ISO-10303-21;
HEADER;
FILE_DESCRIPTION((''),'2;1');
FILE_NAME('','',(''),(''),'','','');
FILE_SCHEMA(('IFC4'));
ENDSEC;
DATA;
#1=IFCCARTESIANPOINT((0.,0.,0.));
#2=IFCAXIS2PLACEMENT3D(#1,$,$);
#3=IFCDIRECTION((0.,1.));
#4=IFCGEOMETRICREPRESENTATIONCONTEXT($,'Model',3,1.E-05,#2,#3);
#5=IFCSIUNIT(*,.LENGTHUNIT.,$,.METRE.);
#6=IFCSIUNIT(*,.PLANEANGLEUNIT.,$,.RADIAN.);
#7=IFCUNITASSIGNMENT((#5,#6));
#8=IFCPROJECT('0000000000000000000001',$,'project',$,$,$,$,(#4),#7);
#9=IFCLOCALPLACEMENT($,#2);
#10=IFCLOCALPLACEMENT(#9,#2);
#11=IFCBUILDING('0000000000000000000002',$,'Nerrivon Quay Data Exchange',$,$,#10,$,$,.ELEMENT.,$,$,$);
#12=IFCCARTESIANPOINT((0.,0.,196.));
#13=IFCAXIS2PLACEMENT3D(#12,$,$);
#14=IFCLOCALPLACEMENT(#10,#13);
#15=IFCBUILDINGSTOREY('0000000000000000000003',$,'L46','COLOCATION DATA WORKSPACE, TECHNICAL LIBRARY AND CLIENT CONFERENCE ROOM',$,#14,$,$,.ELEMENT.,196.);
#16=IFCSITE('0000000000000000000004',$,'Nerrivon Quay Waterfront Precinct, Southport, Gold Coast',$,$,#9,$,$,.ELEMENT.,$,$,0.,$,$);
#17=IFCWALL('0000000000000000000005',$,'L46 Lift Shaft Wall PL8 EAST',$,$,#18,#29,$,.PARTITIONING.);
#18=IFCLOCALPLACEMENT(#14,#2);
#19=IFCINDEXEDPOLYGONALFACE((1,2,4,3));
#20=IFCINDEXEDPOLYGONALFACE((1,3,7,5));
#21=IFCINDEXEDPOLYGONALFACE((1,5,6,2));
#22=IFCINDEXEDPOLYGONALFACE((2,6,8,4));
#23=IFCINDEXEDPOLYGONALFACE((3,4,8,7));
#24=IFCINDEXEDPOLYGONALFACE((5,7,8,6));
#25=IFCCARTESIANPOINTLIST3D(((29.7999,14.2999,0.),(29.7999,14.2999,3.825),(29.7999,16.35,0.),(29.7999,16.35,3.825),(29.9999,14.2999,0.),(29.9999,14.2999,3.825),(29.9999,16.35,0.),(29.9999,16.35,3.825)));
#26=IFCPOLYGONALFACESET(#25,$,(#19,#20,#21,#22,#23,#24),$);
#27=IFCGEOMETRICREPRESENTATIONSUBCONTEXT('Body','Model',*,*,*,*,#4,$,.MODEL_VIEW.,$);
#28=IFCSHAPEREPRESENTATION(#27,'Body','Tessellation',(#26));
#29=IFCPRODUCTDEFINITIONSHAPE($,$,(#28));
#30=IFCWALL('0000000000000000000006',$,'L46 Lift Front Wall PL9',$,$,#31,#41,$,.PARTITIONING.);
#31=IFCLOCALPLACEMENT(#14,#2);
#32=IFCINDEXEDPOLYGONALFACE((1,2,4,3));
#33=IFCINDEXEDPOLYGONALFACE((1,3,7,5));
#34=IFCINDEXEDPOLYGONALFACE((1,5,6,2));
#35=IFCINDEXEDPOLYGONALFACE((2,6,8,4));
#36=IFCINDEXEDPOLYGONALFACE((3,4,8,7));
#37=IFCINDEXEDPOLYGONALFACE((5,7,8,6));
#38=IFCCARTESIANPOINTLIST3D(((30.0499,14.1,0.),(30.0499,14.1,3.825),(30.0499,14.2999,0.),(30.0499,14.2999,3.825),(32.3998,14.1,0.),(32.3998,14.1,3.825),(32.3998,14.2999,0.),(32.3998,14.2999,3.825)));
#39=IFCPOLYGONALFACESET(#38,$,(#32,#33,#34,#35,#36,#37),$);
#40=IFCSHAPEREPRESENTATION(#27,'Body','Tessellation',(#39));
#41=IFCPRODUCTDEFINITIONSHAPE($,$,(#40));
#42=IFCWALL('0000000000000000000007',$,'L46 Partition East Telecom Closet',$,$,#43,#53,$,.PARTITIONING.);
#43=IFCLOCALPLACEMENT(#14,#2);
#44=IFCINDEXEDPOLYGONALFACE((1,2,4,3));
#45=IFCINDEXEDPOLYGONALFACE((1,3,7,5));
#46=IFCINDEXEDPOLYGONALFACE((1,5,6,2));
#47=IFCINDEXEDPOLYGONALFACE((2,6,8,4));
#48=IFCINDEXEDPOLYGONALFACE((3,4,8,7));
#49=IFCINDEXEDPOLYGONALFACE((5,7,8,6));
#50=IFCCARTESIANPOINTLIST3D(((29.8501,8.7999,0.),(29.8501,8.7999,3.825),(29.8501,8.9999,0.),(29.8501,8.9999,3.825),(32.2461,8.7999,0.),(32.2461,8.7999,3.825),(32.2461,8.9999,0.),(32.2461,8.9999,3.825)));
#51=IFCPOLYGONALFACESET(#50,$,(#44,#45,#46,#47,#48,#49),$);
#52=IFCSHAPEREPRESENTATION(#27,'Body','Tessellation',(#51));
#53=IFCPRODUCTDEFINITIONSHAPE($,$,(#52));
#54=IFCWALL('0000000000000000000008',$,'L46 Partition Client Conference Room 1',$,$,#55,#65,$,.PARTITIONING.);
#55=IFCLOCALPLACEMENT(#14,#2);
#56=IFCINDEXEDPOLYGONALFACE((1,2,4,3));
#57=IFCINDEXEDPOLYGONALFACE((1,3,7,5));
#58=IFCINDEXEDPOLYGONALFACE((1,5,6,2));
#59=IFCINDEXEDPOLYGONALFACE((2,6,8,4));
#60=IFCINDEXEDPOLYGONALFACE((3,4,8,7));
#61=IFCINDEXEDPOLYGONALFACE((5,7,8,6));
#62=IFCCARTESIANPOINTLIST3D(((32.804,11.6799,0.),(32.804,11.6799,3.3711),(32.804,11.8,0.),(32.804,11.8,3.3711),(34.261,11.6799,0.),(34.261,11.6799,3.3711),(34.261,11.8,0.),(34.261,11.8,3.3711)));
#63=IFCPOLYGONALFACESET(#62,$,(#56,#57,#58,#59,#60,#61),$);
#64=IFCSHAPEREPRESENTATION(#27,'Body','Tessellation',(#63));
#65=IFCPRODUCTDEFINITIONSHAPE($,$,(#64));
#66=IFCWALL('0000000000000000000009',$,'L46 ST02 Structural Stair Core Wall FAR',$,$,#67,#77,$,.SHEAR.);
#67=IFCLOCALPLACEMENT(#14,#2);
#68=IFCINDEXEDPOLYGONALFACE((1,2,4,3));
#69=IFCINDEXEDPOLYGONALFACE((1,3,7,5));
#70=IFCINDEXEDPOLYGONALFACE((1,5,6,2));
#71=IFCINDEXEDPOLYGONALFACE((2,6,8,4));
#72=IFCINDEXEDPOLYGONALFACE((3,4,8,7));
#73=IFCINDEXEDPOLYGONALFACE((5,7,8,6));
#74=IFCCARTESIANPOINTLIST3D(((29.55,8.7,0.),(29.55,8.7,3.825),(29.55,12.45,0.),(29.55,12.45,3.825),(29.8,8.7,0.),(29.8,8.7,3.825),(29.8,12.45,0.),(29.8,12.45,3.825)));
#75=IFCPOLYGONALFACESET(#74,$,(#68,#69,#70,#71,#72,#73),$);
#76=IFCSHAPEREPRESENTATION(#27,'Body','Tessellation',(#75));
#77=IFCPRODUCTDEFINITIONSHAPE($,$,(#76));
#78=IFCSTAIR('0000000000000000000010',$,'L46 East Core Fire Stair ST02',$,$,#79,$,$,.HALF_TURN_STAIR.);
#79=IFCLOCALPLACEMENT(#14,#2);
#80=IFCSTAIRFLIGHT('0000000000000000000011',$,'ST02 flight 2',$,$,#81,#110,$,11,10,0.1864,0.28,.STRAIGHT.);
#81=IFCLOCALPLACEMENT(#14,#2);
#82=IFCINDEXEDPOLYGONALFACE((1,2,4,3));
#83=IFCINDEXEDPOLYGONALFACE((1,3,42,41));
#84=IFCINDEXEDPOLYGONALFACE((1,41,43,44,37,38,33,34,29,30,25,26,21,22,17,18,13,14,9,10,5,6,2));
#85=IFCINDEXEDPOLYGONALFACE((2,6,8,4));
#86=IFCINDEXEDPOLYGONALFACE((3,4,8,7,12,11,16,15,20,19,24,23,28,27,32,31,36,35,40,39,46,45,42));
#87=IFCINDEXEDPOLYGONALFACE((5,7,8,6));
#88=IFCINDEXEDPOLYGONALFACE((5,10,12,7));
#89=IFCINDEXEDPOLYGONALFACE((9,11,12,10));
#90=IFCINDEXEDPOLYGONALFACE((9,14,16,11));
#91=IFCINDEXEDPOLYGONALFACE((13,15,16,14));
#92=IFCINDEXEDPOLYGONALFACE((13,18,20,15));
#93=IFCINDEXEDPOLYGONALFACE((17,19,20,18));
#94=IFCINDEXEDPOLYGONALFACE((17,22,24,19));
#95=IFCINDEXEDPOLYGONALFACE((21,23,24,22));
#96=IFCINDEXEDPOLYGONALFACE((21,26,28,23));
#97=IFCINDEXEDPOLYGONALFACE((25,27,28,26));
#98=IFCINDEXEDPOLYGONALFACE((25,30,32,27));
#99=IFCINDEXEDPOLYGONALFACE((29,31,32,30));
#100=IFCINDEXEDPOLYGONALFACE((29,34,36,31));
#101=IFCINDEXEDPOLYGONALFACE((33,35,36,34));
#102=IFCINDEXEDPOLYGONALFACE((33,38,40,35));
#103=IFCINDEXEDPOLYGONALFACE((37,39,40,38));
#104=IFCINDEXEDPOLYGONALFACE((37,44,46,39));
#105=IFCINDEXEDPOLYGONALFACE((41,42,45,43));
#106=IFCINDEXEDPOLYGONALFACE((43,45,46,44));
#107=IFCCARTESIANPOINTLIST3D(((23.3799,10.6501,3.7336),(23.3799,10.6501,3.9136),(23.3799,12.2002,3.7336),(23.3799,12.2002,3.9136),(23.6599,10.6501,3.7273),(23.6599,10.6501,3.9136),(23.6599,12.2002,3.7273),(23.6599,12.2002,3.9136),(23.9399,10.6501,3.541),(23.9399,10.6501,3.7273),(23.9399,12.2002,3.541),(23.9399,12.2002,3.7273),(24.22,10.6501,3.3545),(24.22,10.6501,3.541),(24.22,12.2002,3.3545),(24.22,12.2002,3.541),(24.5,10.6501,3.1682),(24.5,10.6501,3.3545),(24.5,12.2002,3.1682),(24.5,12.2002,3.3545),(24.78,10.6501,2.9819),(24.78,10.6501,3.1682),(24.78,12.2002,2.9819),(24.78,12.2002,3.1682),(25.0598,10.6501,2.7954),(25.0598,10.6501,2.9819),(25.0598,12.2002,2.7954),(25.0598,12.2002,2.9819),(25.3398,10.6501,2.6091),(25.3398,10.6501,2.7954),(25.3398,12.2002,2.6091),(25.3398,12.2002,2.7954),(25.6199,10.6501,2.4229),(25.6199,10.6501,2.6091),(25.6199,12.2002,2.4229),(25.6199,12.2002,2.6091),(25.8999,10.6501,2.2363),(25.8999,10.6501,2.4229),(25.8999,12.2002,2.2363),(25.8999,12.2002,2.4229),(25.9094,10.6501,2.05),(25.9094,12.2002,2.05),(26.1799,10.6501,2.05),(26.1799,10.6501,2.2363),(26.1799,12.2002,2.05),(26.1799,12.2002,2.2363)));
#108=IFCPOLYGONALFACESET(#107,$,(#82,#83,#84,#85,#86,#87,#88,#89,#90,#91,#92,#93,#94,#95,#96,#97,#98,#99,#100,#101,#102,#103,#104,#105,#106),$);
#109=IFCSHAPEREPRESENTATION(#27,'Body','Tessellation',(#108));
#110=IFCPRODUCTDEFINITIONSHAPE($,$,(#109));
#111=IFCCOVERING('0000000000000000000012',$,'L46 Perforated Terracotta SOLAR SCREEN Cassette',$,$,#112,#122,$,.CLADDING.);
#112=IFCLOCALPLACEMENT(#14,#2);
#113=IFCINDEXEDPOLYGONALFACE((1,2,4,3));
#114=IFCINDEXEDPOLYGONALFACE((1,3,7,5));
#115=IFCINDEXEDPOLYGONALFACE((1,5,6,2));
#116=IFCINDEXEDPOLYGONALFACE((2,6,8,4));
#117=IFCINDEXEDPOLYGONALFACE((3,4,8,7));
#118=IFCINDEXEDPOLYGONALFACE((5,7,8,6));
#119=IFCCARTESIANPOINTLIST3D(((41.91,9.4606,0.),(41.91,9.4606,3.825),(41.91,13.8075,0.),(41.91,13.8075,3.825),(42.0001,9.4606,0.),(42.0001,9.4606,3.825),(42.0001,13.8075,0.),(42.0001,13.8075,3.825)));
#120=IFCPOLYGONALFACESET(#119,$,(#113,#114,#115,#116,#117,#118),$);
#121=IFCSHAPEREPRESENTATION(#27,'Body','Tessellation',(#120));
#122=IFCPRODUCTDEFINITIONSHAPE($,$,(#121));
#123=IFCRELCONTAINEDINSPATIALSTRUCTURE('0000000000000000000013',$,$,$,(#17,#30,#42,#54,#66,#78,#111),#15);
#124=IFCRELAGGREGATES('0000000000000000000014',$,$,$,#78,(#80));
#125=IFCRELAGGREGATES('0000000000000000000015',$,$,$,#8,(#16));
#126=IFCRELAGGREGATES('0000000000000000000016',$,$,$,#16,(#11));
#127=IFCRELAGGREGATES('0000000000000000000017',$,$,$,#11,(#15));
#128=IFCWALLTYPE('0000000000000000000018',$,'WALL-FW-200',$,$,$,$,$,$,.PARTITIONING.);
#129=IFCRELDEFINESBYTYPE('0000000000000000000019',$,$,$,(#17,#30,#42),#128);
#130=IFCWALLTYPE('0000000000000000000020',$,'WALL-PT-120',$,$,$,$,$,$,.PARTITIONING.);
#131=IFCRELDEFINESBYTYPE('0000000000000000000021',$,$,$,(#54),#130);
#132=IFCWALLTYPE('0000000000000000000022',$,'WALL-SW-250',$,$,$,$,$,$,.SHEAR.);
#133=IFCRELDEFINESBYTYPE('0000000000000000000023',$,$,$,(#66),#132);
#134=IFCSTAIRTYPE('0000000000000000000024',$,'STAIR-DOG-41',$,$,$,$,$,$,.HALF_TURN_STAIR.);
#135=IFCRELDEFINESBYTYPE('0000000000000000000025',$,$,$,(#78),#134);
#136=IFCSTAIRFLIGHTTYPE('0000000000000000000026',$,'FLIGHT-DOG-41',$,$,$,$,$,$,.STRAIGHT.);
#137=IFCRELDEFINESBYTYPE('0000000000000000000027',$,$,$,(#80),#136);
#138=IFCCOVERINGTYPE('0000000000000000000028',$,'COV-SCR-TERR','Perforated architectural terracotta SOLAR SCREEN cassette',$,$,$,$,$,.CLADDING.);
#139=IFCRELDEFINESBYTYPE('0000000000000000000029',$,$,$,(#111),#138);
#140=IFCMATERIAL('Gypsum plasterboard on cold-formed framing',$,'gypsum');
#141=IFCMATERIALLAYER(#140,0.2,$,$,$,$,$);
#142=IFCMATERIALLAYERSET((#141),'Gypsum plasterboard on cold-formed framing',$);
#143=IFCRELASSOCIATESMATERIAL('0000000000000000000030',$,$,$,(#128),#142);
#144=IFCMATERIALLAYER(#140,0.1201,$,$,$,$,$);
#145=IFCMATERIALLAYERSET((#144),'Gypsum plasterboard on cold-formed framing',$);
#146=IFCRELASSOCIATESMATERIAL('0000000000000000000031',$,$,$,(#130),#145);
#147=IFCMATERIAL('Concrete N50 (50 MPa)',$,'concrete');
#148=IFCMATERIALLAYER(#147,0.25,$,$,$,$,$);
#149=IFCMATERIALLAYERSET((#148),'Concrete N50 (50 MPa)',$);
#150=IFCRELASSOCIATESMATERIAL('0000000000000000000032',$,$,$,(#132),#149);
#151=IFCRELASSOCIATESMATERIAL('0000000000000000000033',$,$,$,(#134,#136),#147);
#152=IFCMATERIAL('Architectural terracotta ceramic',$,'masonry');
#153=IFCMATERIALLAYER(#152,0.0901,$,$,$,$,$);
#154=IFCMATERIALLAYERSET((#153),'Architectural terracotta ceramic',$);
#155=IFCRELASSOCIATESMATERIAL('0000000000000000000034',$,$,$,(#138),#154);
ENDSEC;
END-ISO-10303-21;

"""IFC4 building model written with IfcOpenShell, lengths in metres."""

from ifc_helpers import new_model, si_unit, direction, frame, frame_2d, origin, origin_2d, place, context, subcontext, project, spatial, polyline, rectangle, outline, extrude, material, layer, layer_set, type_object, element, aggregate, save


model = new_model("IFC4")

# Units and contexts
model_context = context("Model", 3, precision=1e-05, world=origin(), true_north=direction((0.0, 1.0)))
body_context = subcontext(model_context, "Body", "Model", "MODEL_VIEW")
ifc_project = project(units=[si_unit("LENGTHUNIT", "METRE"), si_unit("PLANEANGLEUNIT", "RADIAN")], contexts=[model_context])

# Site, building, storey
site_placement = place(None, origin())
site = spatial("IfcSite", under=ifc_project, at=site_placement, Name="Nerrivon Quay Waterfront Precinct, Southport, Gold Coast", CompositionType="ELEMENT", RefElevation=0.0)
building_placement = place(site_placement, origin())
building = spatial("IfcBuilding", under=site, at=building_placement, Name="Nerrivon Quay Data Exchange", CompositionType="ELEMENT")
storey_placement = place(building_placement, frame((0.0, 0.0, 196.0)))
storey = spatial("IfcBuildingStorey", under=building, at=storey_placement, Name="L46", Description="COLOCATION DATA WORKSPACE, TECHNICAL LIBRARY AND CLIENT CONFERENCE ROOM", CompositionType="ELEMENT", Elevation=196.0)

# Walls
ifc_material_1 = material(Name="Gypsum plasterboard on cold-formed framing", Category="gypsum")
ifc_layer_1 = layer(ifc_material_1, 0.2)
ifc_layer_set_1 = layer_set([ifc_layer_1], Name="Gypsum plasterboard on cold-formed framing")
wall_type_1 = type_object("IfcWallType", Name="WALL-FW-200", PredefinedType="PARTITIONING", material=ifc_layer_set_1)
wall_1_placement = place(storey_placement, frame((29.8999, 14.3, 0.0), z_axis=(0.0, 0.0, 1.0), x_axis=(0.0, 1.0, 0.0)))
element("IfcWall", 1, at=wall_1_placement, inside=storey, type_object=wall_type_1, Name="L46 Lift Shaft Wall PL8 EAST", PredefinedType="PARTITIONING", context=body_context, shape_type="SweptSolid", body=[
    extrude(rectangle(XDim=2.05, YDim=0.2, at=frame_2d((1.0249, 0.0))), origin(), (0.0, 0.0, 1.0), 3.825),
])
wall_2_placement = place(storey_placement, frame((30.05, 14.2, 0.0), z_axis=(0.0, 0.0, 1.0), x_axis=(1.0, 0.0, 0.0)))
element("IfcWall", 2, at=wall_2_placement, inside=storey, type_object=wall_type_1, Name="L46 Lift Front Wall PL9", PredefinedType="PARTITIONING", context=body_context, shape_type="SweptSolid", body=[
    extrude(rectangle(XDim=2.3499, YDim=0.2, at=frame_2d((1.1748, 0.0))), origin(), (0.0, 0.0, 1.0), 3.825),
])

# Walls
wall_3_placement = place(storey_placement, frame((29.8501, 8.8999, 0.0), z_axis=(0.0, 0.0, 1.0), x_axis=(1.0, 0.0, 0.0)))
element("IfcWall", 3, at=wall_3_placement, inside=storey, type_object=wall_type_1, Name="L46 Partition East Telecom Closet", PredefinedType="PARTITIONING", context=body_context, shape_type="SweptSolid", body=[
    extrude(rectangle(XDim=2.396, YDim=0.2, at=frame_2d((1.198, 0.0))), origin(), (0.0, 0.0, 1.0), 3.825),
])
ifc_layer_2 = layer(ifc_material_1, 0.1201)
ifc_layer_set_2 = layer_set([ifc_layer_2], Name="Gypsum plasterboard on cold-formed framing")
wall_type_2 = type_object("IfcWallType", Name="WALL-PT-120", PredefinedType="PARTITIONING", material=ifc_layer_set_2)
wall_4_placement = place(storey_placement, frame((34.261, 11.74, 0.0), z_axis=(0.0, 0.0, 1.0), x_axis=(-1.0, 0.0, 0.0)))
element("IfcWall", 4, at=wall_4_placement, inside=storey, type_object=wall_type_2, Name="L46 Partition Client Conference Room 1", PredefinedType="PARTITIONING", context=body_context, shape_type="SweptSolid", body=[
    extrude(rectangle(XDim=1.457, YDim=0.1201, at=frame_2d((0.7285, 0.0))), origin(), (0.0, 0.0, 1.0), 3.3711),
])
ifc_material_2 = material(Name="Concrete N50 (50 MPa)", Category="concrete")
ifc_layer_3 = layer(ifc_material_2, 0.25)
ifc_layer_set_3 = layer_set([ifc_layer_3], Name="Concrete N50 (50 MPa)")
wall_type_3 = type_object("IfcWallType", Name="WALL-SW-250", PredefinedType="SHEAR", material=ifc_layer_set_3)
wall_5_placement = place(storey_placement, frame((29.675, 8.7, 0.0), z_axis=(0.0, 0.0, 1.0), x_axis=(0.0, 1.0, 0.0)))
element("IfcWall", 5, at=wall_5_placement, inside=storey, type_object=wall_type_3, Name="L46 ST02 Structural Stair Core Wall FAR", PredefinedType="SHEAR", context=body_context, shape_type="SweptSolid", body=[
    extrude(rectangle(XDim=3.75, YDim=0.25, at=frame_2d((1.875, 0.0))), origin(), (0.0, 0.0, 1.0), 3.825),
])

# Stair, stair flight
stair_type = type_object("IfcStairType", Name="STAIR-DOG-41", PredefinedType="HALF_TURN_STAIR", material=ifc_material_2)
stair_placement = place(storey_placement, origin())
stair = element("IfcStair", 6, at=stair_placement, inside=storey, type_object=stair_type, Name="L46 East Core Fire Stair ST02", PredefinedType="HALF_TURN_STAIR")
stair_flight_type = type_object("IfcStairFlightType", Name="FLIGHT-DOG-41", PredefinedType="STRAIGHT", material=ifc_material_2)
stair_flight_placement = place(storey_placement, frame((26.1799, 11.425, 2.05), z_axis=(0.0, 0.0, 1.0), x_axis=(-1.0, 0.0, 0.0)))
stair_flight = element("IfcStairFlight", 7, at=stair_flight_placement, type_object=stair_flight_type, Name="ST02 flight 2", NumberOfRisers=11, NumberOfTreads=10, PredefinedType="STRAIGHT", RiserHeight=0.1864, TreadLength=0.28, context=body_context, shape_type="SweptSolid", body=[
    extrude(outline(polyline([(0.0, 0.0), (0.0, 0.1863), (0.28, 0.1863), (0.28, 0.3728), (0.5601, 0.3728), (0.5601, 0.5591), (0.8401, 0.5591), (0.8401, 0.7454), (1.1201, 0.7454), (1.1201, 0.9319), (1.3999, 0.9319), (1.3999, 1.1182), (1.6799, 1.1182), (1.6799, 1.3044), (1.96, 1.3044), (1.96, 1.491), (2.24, 1.491), (2.24, 1.6772), (2.52, 1.6772), (2.52, 1.8635), (2.8, 1.8635), (2.8, 2.05), (2.8, 1.6836), (0.2705, 0.0), (0.0, 0.0)])), frame((0.0, 0.7749, 0.0), z_axis=(0.0, -1.0, 0.0), x_axis=(1.0, 0.0, 0.0)), (0.0, 0.0, 1.0), 1.55),
])
aggregate(stair, [stair_flight])

# Covering
ifc_material_3 = material(Name="Architectural terracotta ceramic", Category="masonry")
ifc_layer_4 = layer(ifc_material_3, 0.0901)
ifc_layer_set_4 = layer_set([ifc_layer_4], Name="Architectural terracotta ceramic")
covering_type = type_object("IfcCoveringType", Name="COV-SCR-TERR", Description="Perforated architectural terracotta SOLAR SCREEN cassette", PredefinedType="CLADDING", material=ifc_layer_set_4)
covering_placement = place(storey_placement, frame((41.9551, 11.634, 0.0), z_axis=(0.0, 0.0, 1.0), x_axis=(0.0, -1.0, 0.0)))
element("IfcCovering", 8, at=covering_placement, inside=storey, type_object=covering_type, Name="L46 Perforated Terracotta SOLAR SCREEN Cassette", PredefinedType="CLADDING", context=body_context, shape_type="SweptSolid", body=[
    extrude(rectangle(XDim=4.3469, YDim=0.0901, at=origin_2d()), origin(), (0.0, 0.0, 1.0), 3.825),
])

save(model, "model.ifc")
